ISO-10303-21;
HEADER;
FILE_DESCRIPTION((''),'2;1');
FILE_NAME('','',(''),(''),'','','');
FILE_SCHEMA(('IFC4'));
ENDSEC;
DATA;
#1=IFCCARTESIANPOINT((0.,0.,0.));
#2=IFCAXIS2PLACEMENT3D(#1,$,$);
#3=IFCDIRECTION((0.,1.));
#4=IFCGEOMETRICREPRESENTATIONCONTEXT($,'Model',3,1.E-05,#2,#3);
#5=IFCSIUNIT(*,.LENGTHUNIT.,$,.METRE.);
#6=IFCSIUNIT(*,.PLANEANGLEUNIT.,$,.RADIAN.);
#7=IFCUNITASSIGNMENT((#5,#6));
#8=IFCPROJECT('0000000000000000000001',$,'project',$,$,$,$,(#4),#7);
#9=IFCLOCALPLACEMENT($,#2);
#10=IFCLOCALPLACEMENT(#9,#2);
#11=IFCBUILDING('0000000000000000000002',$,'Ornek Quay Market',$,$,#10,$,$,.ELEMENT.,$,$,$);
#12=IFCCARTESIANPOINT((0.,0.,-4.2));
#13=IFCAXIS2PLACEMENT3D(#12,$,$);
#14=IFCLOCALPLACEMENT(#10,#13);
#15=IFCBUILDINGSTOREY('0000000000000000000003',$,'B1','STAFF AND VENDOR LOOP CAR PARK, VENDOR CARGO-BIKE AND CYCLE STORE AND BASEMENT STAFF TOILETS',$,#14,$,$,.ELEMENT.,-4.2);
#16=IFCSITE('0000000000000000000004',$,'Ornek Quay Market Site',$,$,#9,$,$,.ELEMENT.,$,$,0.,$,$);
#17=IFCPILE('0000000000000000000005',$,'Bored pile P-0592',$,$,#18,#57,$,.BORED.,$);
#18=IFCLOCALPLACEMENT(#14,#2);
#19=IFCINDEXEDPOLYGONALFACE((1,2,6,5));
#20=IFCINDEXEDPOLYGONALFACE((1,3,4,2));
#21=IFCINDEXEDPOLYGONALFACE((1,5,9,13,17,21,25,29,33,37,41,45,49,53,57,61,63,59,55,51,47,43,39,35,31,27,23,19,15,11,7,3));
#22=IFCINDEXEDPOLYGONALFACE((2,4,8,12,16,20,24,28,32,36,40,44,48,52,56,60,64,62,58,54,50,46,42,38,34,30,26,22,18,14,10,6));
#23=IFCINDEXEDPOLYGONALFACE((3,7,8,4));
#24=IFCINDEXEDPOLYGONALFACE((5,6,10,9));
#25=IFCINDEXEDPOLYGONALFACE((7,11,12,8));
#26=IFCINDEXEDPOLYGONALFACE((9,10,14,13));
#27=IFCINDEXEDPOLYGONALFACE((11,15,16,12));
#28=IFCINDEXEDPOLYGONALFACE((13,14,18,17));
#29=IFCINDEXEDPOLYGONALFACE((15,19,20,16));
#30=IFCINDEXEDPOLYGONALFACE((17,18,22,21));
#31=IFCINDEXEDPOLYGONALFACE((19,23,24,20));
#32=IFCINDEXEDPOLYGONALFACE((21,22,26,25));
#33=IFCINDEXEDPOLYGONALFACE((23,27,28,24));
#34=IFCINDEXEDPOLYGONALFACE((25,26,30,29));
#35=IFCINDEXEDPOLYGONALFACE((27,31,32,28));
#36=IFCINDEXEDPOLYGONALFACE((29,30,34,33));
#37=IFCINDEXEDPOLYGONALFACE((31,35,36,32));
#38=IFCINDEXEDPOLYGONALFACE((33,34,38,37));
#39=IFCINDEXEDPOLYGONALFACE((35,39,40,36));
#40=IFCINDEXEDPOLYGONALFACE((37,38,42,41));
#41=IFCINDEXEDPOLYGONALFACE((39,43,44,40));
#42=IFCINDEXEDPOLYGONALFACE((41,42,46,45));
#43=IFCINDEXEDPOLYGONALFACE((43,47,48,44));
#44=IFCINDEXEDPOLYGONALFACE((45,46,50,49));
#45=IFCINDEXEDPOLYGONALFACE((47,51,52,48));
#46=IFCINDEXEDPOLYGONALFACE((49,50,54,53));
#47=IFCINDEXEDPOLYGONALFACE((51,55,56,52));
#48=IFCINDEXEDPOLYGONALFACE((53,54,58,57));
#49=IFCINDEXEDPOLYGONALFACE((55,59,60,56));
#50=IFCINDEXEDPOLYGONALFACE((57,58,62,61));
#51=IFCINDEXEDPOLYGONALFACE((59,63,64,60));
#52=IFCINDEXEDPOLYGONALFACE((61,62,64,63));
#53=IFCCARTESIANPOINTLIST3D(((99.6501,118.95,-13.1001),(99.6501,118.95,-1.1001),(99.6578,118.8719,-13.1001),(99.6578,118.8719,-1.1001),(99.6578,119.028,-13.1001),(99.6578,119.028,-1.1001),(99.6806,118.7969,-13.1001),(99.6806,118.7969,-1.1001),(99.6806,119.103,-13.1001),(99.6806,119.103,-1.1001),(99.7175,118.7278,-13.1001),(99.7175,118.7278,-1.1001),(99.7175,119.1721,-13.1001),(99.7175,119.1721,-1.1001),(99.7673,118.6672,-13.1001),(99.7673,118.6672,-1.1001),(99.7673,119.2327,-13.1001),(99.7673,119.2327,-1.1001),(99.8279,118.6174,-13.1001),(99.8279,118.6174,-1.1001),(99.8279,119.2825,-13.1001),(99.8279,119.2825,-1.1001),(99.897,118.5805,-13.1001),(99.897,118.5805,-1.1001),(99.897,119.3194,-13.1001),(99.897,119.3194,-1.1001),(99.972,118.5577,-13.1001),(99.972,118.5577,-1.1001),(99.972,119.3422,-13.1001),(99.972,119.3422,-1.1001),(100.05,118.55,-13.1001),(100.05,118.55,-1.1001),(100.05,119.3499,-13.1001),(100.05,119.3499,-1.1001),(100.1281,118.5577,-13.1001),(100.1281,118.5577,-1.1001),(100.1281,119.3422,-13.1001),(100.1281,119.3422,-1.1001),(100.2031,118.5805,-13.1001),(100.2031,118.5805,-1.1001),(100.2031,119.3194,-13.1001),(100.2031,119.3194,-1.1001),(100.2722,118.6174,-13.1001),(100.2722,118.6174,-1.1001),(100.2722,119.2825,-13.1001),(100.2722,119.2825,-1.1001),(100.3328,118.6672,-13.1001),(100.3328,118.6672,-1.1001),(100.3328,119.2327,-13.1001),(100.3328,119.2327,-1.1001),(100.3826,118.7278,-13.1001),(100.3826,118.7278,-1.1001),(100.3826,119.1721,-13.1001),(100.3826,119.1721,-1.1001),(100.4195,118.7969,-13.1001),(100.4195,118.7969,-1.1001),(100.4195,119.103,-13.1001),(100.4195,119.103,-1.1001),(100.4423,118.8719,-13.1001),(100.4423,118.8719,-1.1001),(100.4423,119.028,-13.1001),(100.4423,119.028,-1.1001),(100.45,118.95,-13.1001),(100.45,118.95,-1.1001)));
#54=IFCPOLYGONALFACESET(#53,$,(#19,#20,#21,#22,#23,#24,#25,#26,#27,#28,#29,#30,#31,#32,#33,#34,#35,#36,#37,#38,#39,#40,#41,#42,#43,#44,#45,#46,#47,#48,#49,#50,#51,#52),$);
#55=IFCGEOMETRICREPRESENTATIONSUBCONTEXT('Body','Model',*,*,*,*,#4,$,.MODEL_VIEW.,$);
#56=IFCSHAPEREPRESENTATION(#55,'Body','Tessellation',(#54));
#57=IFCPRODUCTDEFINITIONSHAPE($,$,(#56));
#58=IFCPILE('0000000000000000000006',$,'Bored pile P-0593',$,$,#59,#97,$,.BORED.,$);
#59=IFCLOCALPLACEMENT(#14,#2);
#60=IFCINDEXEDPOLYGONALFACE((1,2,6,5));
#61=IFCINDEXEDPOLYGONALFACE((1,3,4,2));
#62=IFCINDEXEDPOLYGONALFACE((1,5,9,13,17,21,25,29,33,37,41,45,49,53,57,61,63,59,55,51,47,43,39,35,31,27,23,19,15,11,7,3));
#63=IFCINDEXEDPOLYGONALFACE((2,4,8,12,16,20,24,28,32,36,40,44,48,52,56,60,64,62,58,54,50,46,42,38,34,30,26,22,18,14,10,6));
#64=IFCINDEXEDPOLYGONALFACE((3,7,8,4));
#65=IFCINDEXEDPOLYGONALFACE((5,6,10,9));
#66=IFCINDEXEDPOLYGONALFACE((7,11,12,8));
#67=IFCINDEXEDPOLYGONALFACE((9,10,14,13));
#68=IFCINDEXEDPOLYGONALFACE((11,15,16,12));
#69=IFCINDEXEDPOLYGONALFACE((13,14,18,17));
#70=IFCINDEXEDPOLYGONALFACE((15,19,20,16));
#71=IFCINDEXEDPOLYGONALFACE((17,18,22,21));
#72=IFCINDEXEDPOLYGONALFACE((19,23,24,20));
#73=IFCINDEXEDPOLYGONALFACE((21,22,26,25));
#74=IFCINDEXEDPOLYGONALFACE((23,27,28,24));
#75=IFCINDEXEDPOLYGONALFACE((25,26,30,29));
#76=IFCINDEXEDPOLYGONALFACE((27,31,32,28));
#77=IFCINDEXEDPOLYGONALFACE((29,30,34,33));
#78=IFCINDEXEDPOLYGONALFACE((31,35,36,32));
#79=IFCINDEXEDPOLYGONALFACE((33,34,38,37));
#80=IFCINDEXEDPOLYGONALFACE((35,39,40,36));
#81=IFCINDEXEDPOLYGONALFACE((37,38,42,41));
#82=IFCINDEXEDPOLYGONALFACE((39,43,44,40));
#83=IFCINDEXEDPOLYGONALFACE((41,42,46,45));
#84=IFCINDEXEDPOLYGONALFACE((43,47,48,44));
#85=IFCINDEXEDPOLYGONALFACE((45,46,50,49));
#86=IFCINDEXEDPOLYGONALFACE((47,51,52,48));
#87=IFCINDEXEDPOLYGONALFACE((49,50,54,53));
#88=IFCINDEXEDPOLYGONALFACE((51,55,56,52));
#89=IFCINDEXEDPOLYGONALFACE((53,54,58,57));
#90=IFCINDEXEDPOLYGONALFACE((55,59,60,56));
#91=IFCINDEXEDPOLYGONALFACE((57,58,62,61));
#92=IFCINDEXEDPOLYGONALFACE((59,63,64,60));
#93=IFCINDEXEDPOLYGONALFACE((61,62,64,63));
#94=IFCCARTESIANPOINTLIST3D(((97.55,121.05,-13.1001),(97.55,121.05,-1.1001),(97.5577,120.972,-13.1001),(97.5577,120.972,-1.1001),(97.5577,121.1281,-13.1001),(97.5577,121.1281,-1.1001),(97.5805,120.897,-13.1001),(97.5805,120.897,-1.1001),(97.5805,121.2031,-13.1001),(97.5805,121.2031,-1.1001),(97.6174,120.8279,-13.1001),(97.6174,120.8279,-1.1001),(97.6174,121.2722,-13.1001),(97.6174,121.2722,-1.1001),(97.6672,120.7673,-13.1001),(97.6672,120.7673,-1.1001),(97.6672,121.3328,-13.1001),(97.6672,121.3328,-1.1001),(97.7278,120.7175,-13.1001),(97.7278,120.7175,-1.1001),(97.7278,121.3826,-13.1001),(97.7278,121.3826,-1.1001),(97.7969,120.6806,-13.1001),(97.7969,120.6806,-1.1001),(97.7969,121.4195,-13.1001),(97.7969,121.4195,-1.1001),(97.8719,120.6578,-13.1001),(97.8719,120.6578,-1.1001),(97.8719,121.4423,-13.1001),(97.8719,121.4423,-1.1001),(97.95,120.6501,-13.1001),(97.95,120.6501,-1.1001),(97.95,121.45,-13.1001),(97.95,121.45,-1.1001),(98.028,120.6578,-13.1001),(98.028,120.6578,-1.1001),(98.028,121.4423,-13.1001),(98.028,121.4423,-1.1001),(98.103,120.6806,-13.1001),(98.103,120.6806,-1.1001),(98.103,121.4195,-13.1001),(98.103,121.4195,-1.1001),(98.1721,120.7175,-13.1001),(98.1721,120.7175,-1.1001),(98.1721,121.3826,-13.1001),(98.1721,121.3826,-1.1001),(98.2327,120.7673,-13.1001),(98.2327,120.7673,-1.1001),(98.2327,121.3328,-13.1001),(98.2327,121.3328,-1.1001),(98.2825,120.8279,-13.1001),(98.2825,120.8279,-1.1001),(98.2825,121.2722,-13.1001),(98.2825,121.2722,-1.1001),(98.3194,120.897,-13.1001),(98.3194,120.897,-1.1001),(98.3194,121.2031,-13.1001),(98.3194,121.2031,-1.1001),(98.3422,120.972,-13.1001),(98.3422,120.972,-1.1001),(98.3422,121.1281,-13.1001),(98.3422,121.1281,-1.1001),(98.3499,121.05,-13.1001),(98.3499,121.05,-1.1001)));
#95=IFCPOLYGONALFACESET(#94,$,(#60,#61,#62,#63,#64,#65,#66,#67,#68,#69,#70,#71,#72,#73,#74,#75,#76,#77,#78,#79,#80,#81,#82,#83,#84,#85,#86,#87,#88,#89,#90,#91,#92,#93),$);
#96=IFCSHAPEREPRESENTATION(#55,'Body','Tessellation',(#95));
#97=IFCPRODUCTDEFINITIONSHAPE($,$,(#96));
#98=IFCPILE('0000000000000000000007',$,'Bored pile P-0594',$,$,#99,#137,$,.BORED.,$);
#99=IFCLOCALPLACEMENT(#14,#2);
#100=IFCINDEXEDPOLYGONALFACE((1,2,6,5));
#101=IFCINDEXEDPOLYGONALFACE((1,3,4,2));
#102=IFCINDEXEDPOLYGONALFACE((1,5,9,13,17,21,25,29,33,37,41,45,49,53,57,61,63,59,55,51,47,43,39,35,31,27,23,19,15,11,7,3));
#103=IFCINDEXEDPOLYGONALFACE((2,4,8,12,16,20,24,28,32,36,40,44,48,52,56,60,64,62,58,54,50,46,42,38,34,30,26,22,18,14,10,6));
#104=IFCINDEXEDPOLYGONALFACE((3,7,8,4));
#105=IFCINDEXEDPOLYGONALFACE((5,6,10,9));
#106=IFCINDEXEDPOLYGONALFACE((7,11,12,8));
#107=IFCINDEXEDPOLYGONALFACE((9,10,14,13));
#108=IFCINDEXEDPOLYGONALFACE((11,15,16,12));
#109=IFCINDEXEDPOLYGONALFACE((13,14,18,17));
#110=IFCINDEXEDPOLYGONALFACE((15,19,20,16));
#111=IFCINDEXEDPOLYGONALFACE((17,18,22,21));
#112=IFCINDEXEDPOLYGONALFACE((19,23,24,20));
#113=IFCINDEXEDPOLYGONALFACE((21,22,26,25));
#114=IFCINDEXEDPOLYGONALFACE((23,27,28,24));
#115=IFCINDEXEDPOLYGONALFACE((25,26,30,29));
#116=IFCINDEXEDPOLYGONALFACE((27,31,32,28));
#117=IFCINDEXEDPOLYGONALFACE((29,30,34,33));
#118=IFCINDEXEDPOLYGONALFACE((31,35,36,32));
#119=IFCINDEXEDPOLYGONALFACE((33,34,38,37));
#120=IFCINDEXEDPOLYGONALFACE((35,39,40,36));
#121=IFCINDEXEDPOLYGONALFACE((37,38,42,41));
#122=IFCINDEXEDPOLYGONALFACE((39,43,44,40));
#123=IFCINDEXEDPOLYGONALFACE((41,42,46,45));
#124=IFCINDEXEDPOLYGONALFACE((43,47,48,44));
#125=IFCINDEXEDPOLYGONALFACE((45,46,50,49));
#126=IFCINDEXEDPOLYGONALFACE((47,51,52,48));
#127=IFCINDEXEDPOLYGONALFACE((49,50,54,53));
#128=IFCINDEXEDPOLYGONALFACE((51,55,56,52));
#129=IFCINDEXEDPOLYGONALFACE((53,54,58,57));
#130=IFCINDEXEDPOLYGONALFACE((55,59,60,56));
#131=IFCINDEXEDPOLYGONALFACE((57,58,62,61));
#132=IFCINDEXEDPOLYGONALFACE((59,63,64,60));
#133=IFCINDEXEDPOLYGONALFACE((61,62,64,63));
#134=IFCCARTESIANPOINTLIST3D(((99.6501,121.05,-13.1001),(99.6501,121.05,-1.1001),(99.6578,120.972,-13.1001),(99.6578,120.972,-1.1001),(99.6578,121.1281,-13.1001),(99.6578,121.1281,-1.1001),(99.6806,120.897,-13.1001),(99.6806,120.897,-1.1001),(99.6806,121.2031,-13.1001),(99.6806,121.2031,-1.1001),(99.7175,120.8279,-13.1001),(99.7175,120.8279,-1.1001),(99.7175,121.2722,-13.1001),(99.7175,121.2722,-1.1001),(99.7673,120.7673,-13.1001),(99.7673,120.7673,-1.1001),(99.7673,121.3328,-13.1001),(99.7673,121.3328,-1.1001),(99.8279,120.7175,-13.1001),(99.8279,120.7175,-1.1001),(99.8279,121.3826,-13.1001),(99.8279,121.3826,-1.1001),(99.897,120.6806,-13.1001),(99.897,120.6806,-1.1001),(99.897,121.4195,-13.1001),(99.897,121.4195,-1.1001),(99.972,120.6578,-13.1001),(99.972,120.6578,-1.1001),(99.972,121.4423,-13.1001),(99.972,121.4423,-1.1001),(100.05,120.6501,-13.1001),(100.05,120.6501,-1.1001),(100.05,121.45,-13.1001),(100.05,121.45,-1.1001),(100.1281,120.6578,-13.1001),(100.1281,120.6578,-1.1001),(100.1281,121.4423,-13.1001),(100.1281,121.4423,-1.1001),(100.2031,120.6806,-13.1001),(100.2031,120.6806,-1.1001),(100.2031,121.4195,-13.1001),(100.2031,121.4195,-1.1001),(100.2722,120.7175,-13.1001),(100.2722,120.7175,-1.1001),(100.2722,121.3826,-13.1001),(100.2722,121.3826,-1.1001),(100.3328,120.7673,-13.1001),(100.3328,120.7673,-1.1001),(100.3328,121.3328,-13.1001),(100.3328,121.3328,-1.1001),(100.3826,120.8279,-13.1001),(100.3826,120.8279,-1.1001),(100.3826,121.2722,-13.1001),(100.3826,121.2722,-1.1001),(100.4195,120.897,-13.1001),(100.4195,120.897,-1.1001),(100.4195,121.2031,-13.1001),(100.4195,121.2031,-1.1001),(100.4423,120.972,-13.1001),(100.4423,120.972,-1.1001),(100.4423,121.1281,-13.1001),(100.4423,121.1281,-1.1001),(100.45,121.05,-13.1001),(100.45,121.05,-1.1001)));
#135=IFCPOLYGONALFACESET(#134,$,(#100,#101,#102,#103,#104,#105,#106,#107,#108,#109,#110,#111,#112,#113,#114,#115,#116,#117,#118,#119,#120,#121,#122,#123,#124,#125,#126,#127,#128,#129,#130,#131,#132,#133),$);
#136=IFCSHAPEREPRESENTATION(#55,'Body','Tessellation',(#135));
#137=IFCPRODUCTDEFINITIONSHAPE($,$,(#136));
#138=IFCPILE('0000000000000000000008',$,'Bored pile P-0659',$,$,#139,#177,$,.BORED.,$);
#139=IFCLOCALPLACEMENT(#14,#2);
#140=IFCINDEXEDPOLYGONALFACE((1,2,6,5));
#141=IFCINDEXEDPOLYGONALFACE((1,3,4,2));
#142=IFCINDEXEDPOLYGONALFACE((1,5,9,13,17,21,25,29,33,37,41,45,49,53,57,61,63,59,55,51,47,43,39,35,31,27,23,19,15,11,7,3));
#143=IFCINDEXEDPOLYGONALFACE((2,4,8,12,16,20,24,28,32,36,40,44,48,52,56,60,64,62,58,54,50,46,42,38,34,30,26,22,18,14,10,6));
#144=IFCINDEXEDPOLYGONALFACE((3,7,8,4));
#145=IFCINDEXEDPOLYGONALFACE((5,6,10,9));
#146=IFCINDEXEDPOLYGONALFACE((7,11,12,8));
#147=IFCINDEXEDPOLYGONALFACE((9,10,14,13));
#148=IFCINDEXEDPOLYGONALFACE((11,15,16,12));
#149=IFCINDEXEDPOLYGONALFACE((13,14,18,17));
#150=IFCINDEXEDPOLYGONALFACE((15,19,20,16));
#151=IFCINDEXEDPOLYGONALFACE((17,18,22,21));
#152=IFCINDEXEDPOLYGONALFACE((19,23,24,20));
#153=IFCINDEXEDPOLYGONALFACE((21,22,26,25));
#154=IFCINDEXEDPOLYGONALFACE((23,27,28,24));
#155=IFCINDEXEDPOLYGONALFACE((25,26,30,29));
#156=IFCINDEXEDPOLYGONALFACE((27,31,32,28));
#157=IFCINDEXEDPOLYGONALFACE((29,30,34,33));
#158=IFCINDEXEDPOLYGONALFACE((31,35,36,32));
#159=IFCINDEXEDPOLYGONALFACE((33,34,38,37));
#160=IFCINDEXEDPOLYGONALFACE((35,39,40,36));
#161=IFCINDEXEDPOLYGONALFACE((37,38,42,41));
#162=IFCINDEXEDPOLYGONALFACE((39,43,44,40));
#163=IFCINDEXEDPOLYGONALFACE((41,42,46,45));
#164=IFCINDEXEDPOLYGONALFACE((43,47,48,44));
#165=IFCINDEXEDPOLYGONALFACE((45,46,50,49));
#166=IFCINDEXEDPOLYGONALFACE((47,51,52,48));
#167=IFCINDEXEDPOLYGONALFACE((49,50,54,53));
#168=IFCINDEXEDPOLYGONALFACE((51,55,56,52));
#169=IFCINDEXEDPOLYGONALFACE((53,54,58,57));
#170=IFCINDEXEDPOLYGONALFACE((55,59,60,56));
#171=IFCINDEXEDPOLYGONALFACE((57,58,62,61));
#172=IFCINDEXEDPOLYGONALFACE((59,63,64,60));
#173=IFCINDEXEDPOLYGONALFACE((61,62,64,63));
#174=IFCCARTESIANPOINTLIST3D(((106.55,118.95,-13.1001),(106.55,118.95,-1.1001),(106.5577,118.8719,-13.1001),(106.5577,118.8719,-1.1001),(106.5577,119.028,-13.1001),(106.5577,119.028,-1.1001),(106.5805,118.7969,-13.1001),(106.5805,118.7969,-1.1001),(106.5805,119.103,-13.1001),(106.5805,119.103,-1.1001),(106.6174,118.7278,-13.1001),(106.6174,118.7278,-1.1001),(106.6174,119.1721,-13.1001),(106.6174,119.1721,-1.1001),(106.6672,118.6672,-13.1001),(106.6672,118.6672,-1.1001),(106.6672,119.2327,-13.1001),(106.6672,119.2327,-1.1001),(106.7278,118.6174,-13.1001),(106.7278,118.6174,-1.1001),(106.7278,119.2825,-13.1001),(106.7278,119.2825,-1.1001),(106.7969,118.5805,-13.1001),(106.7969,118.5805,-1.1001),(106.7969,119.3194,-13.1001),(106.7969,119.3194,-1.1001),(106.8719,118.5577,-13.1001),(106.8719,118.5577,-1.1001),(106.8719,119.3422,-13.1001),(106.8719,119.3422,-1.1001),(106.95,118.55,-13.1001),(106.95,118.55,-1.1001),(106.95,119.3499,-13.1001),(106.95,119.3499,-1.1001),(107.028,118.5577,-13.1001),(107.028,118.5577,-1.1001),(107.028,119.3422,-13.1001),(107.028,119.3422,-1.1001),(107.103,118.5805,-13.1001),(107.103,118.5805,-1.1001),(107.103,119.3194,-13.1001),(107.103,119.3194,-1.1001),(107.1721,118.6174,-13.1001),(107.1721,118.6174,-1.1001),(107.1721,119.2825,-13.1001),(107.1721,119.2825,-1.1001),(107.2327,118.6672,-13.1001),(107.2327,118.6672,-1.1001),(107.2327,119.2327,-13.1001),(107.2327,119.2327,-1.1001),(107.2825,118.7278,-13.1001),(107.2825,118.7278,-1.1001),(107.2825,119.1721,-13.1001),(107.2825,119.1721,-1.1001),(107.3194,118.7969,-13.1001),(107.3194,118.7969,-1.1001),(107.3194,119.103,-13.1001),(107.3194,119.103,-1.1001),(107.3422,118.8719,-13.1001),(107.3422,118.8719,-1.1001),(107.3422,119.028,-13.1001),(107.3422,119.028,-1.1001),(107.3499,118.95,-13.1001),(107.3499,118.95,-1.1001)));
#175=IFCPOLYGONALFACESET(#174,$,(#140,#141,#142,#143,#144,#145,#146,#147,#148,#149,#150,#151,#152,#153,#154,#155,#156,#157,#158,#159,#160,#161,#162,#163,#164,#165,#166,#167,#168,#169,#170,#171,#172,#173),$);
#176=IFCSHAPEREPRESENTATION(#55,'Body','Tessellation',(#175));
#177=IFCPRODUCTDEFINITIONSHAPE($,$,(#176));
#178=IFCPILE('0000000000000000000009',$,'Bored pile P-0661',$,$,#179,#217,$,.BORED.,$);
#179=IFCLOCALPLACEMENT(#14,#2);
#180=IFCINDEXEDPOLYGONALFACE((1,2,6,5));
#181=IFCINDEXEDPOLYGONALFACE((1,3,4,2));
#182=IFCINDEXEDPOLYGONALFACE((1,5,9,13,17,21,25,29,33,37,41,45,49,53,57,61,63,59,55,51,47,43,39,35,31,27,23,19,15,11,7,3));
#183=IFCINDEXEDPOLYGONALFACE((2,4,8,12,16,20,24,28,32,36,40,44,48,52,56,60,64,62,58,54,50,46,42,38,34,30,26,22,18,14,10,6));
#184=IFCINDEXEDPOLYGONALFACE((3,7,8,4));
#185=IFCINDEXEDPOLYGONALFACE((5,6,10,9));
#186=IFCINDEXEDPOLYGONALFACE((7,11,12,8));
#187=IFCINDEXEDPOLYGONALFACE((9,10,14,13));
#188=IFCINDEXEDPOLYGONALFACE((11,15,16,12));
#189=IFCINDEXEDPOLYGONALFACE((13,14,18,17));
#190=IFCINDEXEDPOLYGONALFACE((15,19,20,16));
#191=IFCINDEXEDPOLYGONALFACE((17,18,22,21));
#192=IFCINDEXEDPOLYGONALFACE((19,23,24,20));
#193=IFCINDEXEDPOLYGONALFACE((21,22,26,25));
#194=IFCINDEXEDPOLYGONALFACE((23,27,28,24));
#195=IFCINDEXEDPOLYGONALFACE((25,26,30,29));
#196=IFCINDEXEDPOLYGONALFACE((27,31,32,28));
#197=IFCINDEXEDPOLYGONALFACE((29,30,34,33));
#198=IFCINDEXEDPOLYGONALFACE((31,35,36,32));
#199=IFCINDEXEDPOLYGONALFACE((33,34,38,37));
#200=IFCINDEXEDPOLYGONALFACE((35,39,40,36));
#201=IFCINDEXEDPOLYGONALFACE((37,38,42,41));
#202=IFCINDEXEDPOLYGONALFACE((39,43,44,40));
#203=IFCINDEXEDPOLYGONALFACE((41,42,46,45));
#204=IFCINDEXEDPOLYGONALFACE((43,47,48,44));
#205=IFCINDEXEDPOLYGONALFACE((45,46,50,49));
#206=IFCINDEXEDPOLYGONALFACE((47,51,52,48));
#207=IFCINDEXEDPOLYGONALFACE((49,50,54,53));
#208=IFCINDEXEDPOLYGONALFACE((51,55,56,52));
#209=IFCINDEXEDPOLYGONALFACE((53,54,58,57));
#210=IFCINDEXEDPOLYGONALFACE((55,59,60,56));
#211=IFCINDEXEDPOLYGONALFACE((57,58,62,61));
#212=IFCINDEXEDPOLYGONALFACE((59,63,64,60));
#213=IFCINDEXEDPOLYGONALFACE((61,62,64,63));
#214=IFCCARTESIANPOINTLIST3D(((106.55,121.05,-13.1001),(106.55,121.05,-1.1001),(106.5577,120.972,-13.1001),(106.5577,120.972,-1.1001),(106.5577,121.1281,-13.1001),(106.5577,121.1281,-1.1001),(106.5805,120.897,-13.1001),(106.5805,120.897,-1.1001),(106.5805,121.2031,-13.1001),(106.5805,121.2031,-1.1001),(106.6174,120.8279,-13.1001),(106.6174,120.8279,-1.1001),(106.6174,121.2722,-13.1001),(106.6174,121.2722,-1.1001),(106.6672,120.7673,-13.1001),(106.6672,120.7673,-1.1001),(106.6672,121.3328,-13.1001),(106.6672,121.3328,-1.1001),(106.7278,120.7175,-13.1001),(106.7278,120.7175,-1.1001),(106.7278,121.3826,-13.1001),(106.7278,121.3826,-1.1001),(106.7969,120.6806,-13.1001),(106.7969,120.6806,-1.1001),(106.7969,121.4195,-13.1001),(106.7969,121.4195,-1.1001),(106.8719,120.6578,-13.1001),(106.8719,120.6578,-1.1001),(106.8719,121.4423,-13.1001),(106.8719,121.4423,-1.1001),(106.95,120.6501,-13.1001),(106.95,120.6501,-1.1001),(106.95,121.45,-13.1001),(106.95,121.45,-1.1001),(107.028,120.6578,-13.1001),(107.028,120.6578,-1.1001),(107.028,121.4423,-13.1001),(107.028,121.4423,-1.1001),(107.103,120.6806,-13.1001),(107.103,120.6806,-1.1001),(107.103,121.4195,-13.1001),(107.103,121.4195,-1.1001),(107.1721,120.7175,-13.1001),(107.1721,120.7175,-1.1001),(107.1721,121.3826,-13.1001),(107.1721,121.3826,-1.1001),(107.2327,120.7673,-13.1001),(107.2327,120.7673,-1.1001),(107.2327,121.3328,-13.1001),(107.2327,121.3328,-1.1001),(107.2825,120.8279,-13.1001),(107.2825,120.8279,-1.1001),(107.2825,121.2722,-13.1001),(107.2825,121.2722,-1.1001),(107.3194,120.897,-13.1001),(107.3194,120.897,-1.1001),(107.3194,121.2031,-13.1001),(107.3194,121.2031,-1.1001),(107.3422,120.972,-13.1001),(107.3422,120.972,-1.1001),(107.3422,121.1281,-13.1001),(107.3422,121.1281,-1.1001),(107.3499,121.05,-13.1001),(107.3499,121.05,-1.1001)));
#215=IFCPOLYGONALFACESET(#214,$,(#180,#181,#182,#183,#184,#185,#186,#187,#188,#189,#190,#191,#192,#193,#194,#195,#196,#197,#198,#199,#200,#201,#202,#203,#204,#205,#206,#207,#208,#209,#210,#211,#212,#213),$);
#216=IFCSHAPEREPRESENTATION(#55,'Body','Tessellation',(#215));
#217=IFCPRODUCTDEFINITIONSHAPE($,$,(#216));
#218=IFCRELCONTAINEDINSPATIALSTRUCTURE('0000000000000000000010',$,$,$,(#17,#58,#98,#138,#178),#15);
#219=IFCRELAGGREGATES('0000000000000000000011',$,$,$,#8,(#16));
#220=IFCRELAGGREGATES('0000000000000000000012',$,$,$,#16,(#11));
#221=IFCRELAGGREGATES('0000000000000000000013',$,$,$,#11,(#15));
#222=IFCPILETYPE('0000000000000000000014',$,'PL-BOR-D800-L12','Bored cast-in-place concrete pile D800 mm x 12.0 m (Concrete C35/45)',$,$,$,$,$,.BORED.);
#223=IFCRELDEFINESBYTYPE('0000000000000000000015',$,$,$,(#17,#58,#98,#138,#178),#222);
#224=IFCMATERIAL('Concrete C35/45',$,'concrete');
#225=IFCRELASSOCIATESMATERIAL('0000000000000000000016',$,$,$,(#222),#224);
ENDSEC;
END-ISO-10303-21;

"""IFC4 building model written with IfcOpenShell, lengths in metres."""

from ifc_helpers import new_model, si_unit, direction, frame, origin, origin_2d, place, context, subcontext, project, spatial, circle, extrude, material, material_profile, profile_set, type_object, element, save


model = new_model("IFC4")

# Units and contexts
model_context = context("Model", 3, precision=1e-05, world=origin(), true_north=direction((0.0, 1.0)))
body_context = subcontext(model_context, "Body", "Model", "MODEL_VIEW")
ifc_project = project(units=[si_unit("LENGTHUNIT", "METRE"), si_unit("PLANEANGLEUNIT", "RADIAN")], contexts=[model_context])

# Site, building, storey
site_placement = place(None, origin())
site = spatial("IfcSite", under=ifc_project, at=site_placement, Name="Ornek Quay Market Site", CompositionType="ELEMENT", RefElevation=0.0)
building_placement = place(site_placement, origin())
building = spatial("IfcBuilding", under=site, at=building_placement, Name="Ornek Quay Market", CompositionType="ELEMENT")
storey_placement = place(building_placement, frame((0.0, 0.0, -4.2)))
storey = spatial("IfcBuildingStorey", under=building, at=storey_placement, Name="B1", Description="STAFF AND VENDOR LOOP CAR PARK, VENDOR CARGO-BIKE AND CYCLE STORE AND BASEMENT STAFF TOILETS", CompositionType="ELEMENT", Elevation=-4.2)

# Piles
ifc_material_1 = material(Name="Concrete C35/45", Category="concrete")
ifc_material_profile_1 = material_profile(ifc_material_1, circle(Radius=0.3999, at=origin_2d()), Name="PILE D800", Category="concrete")
ifc_profile_set_1 = profile_set([ifc_material_profile_1], Name="Concrete C35/45")
pile_type_1 = type_object("IfcPileType", Name="PL-BOR-D800-L12", Description="Bored cast-in-place concrete pile D800 mm x 12.0 m (Concrete C35/45)", PredefinedType="BORED", material=ifc_profile_set_1)
for number, where, z_axis, x_axis, name in (
    (1, (100.05, 118.95, -1.1001), (0.0, 0.0, -1.0), (1.0, 0.0, 0.0), "Bored pile P-0592"),
    (2, (97.95, 121.05, -1.1001), (0.0, 0.0, -1.0), (1.0, 0.0, 0.0), "Bored pile P-0593"),
    (3, (100.05, 121.05, -1.1001), (0.0, 0.0, -1.0), (1.0, 0.0, 0.0), "Bored pile P-0594"),
    (4, (106.95, 118.95, -1.1001), (0.0, 0.0, -1.0), (1.0, 0.0, 0.0), "Bored pile P-0659"),
    (5, (106.95, 121.05, -1.1001), (0.0, 0.0, -1.0), (1.0, 0.0, 0.0), "Bored pile P-0661"),
):
    element("IfcPile", number, at=place(storey_placement, frame(where, z_axis=z_axis, x_axis=x_axis)), inside=storey, type_object=pile_type_1, Name=name, PredefinedType="BORED", context=body_context, shape_type="SweptSolid", body=[
        extrude(circle(Radius=0.3999, at=origin_2d()), origin(), (0.0, 0.0, 1.0), 12.0),
    ])

save(model, "model.ifc")
